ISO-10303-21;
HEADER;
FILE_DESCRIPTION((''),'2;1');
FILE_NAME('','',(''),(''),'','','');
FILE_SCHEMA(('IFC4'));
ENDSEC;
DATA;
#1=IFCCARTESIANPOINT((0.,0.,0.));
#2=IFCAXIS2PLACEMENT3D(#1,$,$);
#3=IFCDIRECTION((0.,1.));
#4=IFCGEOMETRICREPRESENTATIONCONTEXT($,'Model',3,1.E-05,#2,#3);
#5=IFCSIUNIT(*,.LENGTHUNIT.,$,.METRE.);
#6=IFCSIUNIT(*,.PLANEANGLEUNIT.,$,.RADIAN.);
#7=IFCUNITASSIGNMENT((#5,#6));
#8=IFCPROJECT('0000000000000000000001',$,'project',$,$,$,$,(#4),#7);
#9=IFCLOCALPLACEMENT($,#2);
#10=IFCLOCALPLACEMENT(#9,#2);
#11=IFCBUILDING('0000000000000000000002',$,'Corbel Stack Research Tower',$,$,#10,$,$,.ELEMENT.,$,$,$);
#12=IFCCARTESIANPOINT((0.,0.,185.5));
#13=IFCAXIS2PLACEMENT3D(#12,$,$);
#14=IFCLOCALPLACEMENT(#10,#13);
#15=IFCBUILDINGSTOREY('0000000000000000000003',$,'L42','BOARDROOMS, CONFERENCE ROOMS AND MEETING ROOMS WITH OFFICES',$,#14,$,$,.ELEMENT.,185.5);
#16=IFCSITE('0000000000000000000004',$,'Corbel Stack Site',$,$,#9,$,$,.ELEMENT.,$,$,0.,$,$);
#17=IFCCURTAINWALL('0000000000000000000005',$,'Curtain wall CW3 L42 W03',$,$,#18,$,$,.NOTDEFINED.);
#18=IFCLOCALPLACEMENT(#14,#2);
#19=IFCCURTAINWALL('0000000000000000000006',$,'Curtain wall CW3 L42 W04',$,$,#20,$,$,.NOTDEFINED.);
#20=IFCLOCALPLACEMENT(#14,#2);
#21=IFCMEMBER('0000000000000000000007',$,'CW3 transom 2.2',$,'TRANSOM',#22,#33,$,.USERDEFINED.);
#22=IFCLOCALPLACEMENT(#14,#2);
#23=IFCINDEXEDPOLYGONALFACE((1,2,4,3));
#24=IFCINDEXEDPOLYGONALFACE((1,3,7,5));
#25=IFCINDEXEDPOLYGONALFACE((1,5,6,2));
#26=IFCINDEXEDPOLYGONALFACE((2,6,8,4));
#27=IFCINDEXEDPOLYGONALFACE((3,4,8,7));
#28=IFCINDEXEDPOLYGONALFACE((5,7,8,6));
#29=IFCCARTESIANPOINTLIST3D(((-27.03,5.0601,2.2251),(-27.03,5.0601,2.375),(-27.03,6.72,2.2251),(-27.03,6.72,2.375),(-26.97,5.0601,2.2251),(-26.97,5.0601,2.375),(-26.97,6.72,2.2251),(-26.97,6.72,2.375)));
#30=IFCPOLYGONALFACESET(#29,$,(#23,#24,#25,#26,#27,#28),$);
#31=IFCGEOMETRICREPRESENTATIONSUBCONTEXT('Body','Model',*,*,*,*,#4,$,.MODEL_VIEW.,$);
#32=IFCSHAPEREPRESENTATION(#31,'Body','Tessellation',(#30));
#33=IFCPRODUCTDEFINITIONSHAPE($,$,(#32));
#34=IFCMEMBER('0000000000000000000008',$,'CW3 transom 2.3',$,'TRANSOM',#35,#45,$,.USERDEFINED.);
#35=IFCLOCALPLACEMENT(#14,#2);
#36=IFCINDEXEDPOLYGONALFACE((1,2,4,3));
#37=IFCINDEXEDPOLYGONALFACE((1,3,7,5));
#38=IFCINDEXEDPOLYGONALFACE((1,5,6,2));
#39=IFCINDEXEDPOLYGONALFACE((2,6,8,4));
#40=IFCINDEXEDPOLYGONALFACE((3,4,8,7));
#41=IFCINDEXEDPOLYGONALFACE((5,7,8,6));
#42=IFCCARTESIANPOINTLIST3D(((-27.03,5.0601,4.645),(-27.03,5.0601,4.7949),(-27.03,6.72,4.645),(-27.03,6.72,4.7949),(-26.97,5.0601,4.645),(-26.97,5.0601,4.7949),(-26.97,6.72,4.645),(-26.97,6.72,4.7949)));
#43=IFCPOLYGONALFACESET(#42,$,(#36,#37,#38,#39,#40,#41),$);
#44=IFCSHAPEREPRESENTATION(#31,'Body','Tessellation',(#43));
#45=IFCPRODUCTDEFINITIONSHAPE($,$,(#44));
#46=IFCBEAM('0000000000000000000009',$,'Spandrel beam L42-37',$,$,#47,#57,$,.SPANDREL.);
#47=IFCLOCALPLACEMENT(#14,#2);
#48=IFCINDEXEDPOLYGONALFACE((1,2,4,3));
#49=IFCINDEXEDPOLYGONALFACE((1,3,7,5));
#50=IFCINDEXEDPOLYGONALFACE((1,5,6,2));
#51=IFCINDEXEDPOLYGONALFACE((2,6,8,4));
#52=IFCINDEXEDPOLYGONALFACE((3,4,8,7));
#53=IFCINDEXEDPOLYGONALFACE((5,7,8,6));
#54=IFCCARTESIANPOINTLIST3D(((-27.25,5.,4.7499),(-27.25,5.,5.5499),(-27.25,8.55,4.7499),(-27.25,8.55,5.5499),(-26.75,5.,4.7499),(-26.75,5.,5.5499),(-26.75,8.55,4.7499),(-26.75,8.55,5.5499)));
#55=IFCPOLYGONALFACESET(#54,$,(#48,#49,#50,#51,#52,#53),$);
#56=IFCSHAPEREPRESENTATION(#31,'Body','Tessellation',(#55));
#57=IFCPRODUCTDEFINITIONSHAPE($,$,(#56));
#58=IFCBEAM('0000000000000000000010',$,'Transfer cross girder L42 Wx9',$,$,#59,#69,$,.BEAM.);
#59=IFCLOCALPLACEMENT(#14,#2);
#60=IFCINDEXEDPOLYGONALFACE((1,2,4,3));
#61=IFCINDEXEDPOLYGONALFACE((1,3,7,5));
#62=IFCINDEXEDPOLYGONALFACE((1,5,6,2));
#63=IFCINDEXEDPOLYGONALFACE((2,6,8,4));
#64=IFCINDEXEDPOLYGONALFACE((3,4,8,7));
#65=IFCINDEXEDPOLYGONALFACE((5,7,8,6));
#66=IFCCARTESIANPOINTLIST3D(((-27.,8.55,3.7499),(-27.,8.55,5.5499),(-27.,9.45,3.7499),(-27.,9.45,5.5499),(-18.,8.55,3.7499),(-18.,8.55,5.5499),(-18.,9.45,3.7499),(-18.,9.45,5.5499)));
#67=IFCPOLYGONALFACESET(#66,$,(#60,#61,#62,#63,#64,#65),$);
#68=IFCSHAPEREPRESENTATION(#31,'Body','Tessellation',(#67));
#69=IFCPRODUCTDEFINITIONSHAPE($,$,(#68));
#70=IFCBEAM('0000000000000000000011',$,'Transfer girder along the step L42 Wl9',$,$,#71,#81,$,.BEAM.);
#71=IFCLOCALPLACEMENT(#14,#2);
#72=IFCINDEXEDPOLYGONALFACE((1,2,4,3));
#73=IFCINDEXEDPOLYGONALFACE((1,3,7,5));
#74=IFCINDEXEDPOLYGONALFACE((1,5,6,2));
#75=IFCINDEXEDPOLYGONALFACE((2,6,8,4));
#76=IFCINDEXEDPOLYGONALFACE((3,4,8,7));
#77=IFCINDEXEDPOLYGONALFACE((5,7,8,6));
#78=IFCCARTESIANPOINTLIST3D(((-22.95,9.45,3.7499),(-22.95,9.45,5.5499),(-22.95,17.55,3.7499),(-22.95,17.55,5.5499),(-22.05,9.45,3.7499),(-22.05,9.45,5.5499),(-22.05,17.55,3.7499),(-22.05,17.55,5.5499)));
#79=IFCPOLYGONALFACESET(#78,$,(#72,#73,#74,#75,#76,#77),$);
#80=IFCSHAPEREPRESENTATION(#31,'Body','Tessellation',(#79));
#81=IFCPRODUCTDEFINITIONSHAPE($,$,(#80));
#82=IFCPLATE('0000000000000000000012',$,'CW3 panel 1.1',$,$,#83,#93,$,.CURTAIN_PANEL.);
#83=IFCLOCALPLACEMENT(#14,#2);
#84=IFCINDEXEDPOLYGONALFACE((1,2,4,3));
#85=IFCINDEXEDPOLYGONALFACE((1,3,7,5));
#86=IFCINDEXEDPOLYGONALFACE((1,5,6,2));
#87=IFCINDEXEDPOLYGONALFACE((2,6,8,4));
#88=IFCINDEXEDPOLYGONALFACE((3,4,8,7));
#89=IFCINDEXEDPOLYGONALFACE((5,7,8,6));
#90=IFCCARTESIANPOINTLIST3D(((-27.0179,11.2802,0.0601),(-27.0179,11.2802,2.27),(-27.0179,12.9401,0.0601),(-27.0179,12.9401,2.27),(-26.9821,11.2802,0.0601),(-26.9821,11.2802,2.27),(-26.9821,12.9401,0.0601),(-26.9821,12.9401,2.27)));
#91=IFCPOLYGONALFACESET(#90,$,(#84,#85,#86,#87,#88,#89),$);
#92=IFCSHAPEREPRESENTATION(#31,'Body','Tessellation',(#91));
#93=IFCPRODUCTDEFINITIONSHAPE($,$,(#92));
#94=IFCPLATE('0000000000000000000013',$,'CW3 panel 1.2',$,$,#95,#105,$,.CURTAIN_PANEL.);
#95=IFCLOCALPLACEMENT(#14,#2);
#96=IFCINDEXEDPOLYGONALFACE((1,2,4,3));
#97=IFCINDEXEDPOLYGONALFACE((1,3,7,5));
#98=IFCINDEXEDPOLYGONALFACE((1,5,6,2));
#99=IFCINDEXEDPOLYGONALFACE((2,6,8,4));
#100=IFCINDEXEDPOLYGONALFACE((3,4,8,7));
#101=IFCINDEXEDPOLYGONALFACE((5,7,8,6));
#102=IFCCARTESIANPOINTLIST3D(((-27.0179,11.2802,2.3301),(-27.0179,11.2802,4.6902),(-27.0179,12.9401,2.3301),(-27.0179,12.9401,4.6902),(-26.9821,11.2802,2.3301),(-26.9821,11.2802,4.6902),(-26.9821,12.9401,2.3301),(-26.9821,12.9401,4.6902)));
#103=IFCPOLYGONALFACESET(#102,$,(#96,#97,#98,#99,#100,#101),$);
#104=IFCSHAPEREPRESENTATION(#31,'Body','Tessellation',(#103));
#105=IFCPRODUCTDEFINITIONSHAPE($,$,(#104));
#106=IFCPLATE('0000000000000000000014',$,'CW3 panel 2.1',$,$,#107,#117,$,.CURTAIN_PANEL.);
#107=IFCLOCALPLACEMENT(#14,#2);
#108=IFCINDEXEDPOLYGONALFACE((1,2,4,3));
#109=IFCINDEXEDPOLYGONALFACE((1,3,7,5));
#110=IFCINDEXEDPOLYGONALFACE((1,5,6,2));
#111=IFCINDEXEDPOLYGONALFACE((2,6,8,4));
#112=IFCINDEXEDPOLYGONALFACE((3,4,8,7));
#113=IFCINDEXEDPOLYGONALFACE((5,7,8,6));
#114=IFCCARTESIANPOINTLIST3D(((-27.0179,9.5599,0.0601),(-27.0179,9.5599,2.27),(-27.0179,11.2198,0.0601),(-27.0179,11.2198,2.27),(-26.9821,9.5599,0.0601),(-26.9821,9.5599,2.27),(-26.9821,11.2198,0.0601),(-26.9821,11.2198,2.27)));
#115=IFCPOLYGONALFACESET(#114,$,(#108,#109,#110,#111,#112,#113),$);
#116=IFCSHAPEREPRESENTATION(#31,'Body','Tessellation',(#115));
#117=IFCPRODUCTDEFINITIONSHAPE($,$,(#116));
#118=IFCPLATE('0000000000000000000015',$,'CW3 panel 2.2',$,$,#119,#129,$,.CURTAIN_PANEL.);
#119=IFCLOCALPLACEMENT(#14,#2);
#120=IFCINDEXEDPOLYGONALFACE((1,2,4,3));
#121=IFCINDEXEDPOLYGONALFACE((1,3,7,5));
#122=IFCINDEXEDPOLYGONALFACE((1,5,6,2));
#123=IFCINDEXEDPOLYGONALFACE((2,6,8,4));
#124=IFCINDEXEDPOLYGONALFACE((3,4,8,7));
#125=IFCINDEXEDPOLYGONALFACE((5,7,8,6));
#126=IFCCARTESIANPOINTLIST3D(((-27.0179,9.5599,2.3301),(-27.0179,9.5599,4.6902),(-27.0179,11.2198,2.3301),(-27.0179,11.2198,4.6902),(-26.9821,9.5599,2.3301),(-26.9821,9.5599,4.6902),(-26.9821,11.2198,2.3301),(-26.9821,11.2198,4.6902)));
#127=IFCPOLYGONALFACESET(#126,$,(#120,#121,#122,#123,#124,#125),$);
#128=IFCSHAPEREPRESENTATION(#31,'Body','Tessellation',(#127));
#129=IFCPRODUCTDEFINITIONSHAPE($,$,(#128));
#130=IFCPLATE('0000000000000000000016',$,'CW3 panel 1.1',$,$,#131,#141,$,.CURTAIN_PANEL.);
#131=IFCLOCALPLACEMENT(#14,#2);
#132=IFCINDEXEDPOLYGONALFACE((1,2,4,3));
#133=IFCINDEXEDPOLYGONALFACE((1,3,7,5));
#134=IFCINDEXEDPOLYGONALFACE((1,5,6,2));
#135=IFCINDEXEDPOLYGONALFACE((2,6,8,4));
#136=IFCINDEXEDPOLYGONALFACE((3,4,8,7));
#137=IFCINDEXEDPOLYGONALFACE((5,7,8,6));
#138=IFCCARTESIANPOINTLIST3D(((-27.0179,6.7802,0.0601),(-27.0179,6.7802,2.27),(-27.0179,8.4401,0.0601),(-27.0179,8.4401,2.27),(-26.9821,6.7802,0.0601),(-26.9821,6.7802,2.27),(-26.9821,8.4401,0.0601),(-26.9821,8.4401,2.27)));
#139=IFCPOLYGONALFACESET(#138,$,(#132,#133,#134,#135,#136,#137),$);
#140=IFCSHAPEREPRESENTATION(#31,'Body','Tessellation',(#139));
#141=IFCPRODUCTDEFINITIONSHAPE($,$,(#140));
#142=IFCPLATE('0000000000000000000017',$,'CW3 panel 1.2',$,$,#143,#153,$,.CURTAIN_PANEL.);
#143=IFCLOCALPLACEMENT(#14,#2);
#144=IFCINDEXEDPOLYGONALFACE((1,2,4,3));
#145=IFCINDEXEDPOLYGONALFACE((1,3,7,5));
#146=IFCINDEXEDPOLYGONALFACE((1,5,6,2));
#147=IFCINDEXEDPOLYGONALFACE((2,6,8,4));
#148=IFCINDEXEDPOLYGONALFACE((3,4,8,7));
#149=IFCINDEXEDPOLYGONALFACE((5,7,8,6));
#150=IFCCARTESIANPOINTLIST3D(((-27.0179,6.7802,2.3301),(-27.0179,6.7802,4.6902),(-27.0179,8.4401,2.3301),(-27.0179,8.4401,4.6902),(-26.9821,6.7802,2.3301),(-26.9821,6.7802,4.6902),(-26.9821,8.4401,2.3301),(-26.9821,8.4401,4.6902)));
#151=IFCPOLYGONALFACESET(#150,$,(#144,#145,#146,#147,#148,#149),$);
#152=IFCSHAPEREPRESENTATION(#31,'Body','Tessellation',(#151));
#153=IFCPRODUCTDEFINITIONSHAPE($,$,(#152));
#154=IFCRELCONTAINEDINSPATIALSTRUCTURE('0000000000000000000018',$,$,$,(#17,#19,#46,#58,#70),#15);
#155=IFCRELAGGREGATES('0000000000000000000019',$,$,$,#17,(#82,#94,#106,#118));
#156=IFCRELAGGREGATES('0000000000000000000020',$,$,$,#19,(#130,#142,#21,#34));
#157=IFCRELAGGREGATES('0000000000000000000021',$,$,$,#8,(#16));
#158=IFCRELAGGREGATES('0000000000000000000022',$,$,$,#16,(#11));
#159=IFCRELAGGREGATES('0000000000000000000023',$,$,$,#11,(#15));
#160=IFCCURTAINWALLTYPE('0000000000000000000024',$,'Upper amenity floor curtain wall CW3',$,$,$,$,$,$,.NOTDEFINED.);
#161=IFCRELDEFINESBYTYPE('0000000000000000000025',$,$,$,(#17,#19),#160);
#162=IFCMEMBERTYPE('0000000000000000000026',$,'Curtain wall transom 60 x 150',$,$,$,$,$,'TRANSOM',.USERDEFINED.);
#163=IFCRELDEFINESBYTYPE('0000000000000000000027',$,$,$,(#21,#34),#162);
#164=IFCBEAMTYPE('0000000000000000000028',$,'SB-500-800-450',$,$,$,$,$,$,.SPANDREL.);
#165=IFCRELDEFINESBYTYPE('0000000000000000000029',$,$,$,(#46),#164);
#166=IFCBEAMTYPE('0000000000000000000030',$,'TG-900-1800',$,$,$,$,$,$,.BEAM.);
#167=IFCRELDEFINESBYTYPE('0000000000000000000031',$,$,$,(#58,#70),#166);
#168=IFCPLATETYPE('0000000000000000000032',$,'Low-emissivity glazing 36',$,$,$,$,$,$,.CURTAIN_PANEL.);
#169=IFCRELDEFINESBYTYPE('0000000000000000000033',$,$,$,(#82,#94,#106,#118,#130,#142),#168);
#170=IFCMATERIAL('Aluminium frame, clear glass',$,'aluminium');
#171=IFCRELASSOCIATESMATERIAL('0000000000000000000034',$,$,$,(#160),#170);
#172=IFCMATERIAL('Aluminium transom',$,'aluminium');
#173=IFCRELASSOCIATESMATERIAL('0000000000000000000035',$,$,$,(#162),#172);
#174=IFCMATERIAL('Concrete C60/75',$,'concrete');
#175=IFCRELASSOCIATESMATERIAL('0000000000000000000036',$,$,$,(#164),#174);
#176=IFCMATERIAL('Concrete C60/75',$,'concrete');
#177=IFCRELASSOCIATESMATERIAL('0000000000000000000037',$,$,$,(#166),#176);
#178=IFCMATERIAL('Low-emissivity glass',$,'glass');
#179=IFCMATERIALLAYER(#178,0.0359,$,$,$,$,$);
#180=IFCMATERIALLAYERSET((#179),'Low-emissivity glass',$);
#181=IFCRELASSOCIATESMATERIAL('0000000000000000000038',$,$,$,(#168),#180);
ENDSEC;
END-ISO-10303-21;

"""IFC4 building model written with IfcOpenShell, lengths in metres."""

from ifc_helpers import new_model, si_unit, direction, frame, origin, origin_2d, place, context, subcontext, project, spatial, rectangle, extrude, material, layer, layer_set, material_profile, profile_set, type_object, element, aggregate, save


model = new_model("IFC4")

# Units and contexts
model_context = context("Model", 3, precision=1e-05, world=origin(), true_north=direction((0.0, 1.0)))
body_context = subcontext(model_context, "Body", "Model", "MODEL_VIEW")
ifc_project = project(units=[si_unit("LENGTHUNIT", "METRE"), si_unit("PLANEANGLEUNIT", "RADIAN")], contexts=[model_context])

# Site, building, storey
site_placement = place(None, origin())
site = spatial("IfcSite", under=ifc_project, at=site_placement, Name="Corbel Stack Site", CompositionType="ELEMENT", RefElevation=0.0)
building_placement = place(site_placement, origin())
building = spatial("IfcBuilding", under=site, at=building_placement, Name="Corbel Stack Research Tower", CompositionType="ELEMENT")
storey_placement = place(building_placement, frame((0.0, 0.0, 185.5)))
storey = spatial("IfcBuildingStorey", under=building, at=storey_placement, Name="L42", Description="BOARDROOMS, CONFERENCE ROOMS AND MEETING ROOMS WITH OFFICES", CompositionType="ELEMENT", Elevation=185.5)

# Curtain walls
ifc_material_1 = material(Name="Aluminium frame, clear glass", Category="aluminium")
curtain_wall_type = type_object("IfcCurtainWallType", Name="Upper amenity floor curtain wall CW3", PredefinedType="NOTDEFINED", material=ifc_material_1)
curtain_wall_1_placement = place(storey_placement, origin())
curtain_wall_1 = element("IfcCurtainWall", 1, at=curtain_wall_1_placement, inside=storey, type_object=curtain_wall_type, Name="Curtain wall CW3 L42 W03", PredefinedType="NOTDEFINED")
curtain_wall_2_placement = place(storey_placement, origin())
curtain_wall_2 = element("IfcCurtainWall", 2, at=curtain_wall_2_placement, inside=storey, type_object=curtain_wall_type, Name="Curtain wall CW3 L42 W04", PredefinedType="NOTDEFINED")

# Members
ifc_material_2 = material(Name="Aluminium transom", Category="aluminium")
ifc_material_profile_1 = material_profile(ifc_material_2, rectangle(XDim=0.0601, YDim=0.1499, at=origin_2d()), Name="Transom 60 x 150")
ifc_profile_set_1 = profile_set([ifc_material_profile_1], Name="Aluminium transom")
member_type_1 = type_object("IfcMemberType", Name="Curtain wall transom 60 x 150", ElementType="TRANSOM", PredefinedType="USERDEFINED", material=ifc_profile_set_1)
member_1_placement = place(storey_placement, frame((-27.0, 6.72, 2.3), z_axis=(0.0, -1.0, 0.0), x_axis=(1.0, 0.0, 0.0)))
member_1 = element("IfcMember", 3, at=member_1_placement, type_object=member_type_1, Name="CW3 transom 2.2", ObjectType="TRANSOM", PredefinedType="USERDEFINED", context=body_context, shape_type="SweptSolid", body=[
    extrude(rectangle(XDim=0.0601, YDim=0.1499, at=origin_2d()), origin(), (0.0, 0.0, 1.0), 1.6599),
])
member_2_placement = place(storey_placement, frame((-27.0, 6.72, 4.72), z_axis=(0.0, -1.0, 0.0), x_axis=(1.0, 0.0, 0.0)))
member_2 = element("IfcMember", 4, at=member_2_placement, type_object=member_type_1, Name="CW3 transom 2.3", ObjectType="TRANSOM", PredefinedType="USERDEFINED", context=body_context, shape_type="SweptSolid", body=[
    extrude(rectangle(XDim=0.0601, YDim=0.1499, at=origin_2d()), origin(), (0.0, 0.0, 1.0), 1.6599),
])

# Beams
ifc_material_3 = material(Name="Concrete C60/75", Category="concrete")
ifc_material_profile_2 = material_profile(ifc_material_3, rectangle(XDim=0.5, YDim=0.8, at=origin_2d()), Name="RC 500 x 800")
ifc_profile_set_2 = profile_set([ifc_material_profile_2], Name="Concrete C60/75")
beam_type_1 = type_object("IfcBeamType", Name="SB-500-800-450", PredefinedType="SPANDREL", material=ifc_profile_set_2)
beam_1_placement = place(storey_placement, frame((-27.0, 8.55, 5.1499), z_axis=(0.0, -1.0, 0.0), x_axis=(1.0, 0.0, 0.0)))
element("IfcBeam", 5, at=beam_1_placement, inside=storey, type_object=beam_type_1, Name="Spandrel beam L42-37", PredefinedType="SPANDREL", context=body_context, shape_type="SweptSolid", body=[
    extrude(rectangle(XDim=0.5, YDim=0.8, at=origin_2d()), origin(), (0.0, 0.0, 1.0), 3.55),
])
ifc_material_4 = material(Name="Concrete C60/75", Category="concrete")
ifc_material_profile_3 = material_profile(ifc_material_4, rectangle(XDim=0.8999, YDim=1.8, at=origin_2d()), Name="RC 900 x 1800")
ifc_profile_set_3 = profile_set([ifc_material_profile_3], Name="Concrete C60/75")
beam_type_2 = type_object("IfcBeamType", Name="TG-900-1800", PredefinedType="BEAM", material=ifc_profile_set_3)
beam_2_placement = place(storey_placement, frame((-27.0, 9.0, 4.6499), z_axis=(1.0, 0.0, 0.0), x_axis=(0.0, 1.0, 0.0)))
element("IfcBeam", 6, at=beam_2_placement, inside=storey, type_object=beam_type_2, Name="Transfer cross girder L42 Wx9", PredefinedType="BEAM", context=body_context, shape_type="SweptSolid", body=[
    extrude(rectangle(XDim=0.8999, YDim=1.8, at=origin_2d()), origin(), (0.0, 0.0, 1.0), 9.0),
])
beam_3_placement = place(storey_placement, frame((-22.5, 9.45, 4.6499), z_axis=(0.0, 1.0, 0.0), x_axis=(-1.0, 0.0, 0.0)))
element("IfcBeam", 7, at=beam_3_placement, inside=storey, type_object=beam_type_2, Name="Transfer girder along the step L42 Wl9", PredefinedType="BEAM", context=body_context, shape_type="SweptSolid", body=[
    extrude(rectangle(XDim=0.8999, YDim=1.8, at=origin_2d()), origin(), (0.0, 0.0, 1.0), 8.1001),
])

# Plates
ifc_material_5 = material(Name="Low-emissivity glass", Category="glass")
ifc_layer = layer(ifc_material_5, 0.0359)
ifc_layer_set = layer_set([ifc_layer], Name="Low-emissivity glass")
plate_type = type_object("IfcPlateType", Name="Low-emissivity glazing 36", PredefinedType="CURTAIN_PANEL", material=ifc_layer_set)
plate_1_placement = place(storey_placement, frame((-27.0, 12.1101, 0.0601), z_axis=(0.0, 0.0, 1.0), x_axis=(0.0, -1.0, 0.0)))
plate_1 = element("IfcPlate", 8, at=plate_1_placement, type_object=plate_type, Name="CW3 panel 1.1", PredefinedType="CURTAIN_PANEL", context=body_context, shape_type="SweptSolid", body=[
    extrude(rectangle(XDim=1.6599, YDim=0.0359, at=origin_2d()), origin(), (0.0, 0.0, 1.0), 2.21),
])
plate_2_placement = place(storey_placement, frame((-27.0, 12.1101, 2.3301), z_axis=(0.0, 0.0, 1.0), x_axis=(0.0, -1.0, 0.0)))
plate_2 = element("IfcPlate", 9, at=plate_2_placement, type_object=plate_type, Name="CW3 panel 1.2", PredefinedType="CURTAIN_PANEL", context=body_context, shape_type="SweptSolid", body=[
    extrude(rectangle(XDim=1.6599, YDim=0.0359, at=origin_2d()), origin(), (0.0, 0.0, 1.0), 2.3601),
])
plate_3_placement = place(storey_placement, frame((-27.0, 10.3899, 0.0601), z_axis=(0.0, 0.0, 1.0), x_axis=(0.0, -1.0, 0.0)))
plate_3 = element("IfcPlate", 10, at=plate_3_placement, type_object=plate_type, Name="CW3 panel 2.1", PredefinedType="CURTAIN_PANEL", context=body_context, shape_type="SweptSolid", body=[
    extrude(rectangle(XDim=1.6599, YDim=0.0359, at=origin_2d()), origin(), (0.0, 0.0, 1.0), 2.21),
])
plate_4_placement = place(storey_placement, frame((-27.0, 10.3899, 2.3301), z_axis=(0.0, 0.0, 1.0), x_axis=(0.0, -1.0, 0.0)))
plate_4 = element("IfcPlate", 11, at=plate_4_placement, type_object=plate_type, Name="CW3 panel 2.2", PredefinedType="CURTAIN_PANEL", context=body_context, shape_type="SweptSolid", body=[
    extrude(rectangle(XDim=1.6599, YDim=0.0359, at=origin_2d()), origin(), (0.0, 0.0, 1.0), 2.3601),
])
aggregate(curtain_wall_1, [plate_1, plate_2, plate_3, plate_4])
plate_5_placement = place(storey_placement, frame((-27.0, 7.6101, 0.0601), z_axis=(0.0, 0.0, 1.0), x_axis=(0.0, -1.0, 0.0)))
plate_5 = element("IfcPlate", 12, at=plate_5_placement, type_object=plate_type, Name="CW3 panel 1.1", PredefinedType="CURTAIN_PANEL", context=body_context, shape_type="SweptSolid", body=[
    extrude(rectangle(XDim=1.6599, YDim=0.0359, at=origin_2d()), origin(), (0.0, 0.0, 1.0), 2.21),
])
plate_6_placement = place(storey_placement, frame((-27.0, 7.6101, 2.3301), z_axis=(0.0, 0.0, 1.0), x_axis=(0.0, -1.0, 0.0)))
plate_6 = element("IfcPlate", 13, at=plate_6_placement, type_object=plate_type, Name="CW3 panel 1.2", PredefinedType="CURTAIN_PANEL", context=body_context, shape_type="SweptSolid", body=[
    extrude(rectangle(XDim=1.6599, YDim=0.0359, at=origin_2d()), origin(), (0.0, 0.0, 1.0), 2.3601),
])
aggregate(curtain_wall_2, [plate_5, plate_6, member_1, member_2])

save(model, "model.ifc")
